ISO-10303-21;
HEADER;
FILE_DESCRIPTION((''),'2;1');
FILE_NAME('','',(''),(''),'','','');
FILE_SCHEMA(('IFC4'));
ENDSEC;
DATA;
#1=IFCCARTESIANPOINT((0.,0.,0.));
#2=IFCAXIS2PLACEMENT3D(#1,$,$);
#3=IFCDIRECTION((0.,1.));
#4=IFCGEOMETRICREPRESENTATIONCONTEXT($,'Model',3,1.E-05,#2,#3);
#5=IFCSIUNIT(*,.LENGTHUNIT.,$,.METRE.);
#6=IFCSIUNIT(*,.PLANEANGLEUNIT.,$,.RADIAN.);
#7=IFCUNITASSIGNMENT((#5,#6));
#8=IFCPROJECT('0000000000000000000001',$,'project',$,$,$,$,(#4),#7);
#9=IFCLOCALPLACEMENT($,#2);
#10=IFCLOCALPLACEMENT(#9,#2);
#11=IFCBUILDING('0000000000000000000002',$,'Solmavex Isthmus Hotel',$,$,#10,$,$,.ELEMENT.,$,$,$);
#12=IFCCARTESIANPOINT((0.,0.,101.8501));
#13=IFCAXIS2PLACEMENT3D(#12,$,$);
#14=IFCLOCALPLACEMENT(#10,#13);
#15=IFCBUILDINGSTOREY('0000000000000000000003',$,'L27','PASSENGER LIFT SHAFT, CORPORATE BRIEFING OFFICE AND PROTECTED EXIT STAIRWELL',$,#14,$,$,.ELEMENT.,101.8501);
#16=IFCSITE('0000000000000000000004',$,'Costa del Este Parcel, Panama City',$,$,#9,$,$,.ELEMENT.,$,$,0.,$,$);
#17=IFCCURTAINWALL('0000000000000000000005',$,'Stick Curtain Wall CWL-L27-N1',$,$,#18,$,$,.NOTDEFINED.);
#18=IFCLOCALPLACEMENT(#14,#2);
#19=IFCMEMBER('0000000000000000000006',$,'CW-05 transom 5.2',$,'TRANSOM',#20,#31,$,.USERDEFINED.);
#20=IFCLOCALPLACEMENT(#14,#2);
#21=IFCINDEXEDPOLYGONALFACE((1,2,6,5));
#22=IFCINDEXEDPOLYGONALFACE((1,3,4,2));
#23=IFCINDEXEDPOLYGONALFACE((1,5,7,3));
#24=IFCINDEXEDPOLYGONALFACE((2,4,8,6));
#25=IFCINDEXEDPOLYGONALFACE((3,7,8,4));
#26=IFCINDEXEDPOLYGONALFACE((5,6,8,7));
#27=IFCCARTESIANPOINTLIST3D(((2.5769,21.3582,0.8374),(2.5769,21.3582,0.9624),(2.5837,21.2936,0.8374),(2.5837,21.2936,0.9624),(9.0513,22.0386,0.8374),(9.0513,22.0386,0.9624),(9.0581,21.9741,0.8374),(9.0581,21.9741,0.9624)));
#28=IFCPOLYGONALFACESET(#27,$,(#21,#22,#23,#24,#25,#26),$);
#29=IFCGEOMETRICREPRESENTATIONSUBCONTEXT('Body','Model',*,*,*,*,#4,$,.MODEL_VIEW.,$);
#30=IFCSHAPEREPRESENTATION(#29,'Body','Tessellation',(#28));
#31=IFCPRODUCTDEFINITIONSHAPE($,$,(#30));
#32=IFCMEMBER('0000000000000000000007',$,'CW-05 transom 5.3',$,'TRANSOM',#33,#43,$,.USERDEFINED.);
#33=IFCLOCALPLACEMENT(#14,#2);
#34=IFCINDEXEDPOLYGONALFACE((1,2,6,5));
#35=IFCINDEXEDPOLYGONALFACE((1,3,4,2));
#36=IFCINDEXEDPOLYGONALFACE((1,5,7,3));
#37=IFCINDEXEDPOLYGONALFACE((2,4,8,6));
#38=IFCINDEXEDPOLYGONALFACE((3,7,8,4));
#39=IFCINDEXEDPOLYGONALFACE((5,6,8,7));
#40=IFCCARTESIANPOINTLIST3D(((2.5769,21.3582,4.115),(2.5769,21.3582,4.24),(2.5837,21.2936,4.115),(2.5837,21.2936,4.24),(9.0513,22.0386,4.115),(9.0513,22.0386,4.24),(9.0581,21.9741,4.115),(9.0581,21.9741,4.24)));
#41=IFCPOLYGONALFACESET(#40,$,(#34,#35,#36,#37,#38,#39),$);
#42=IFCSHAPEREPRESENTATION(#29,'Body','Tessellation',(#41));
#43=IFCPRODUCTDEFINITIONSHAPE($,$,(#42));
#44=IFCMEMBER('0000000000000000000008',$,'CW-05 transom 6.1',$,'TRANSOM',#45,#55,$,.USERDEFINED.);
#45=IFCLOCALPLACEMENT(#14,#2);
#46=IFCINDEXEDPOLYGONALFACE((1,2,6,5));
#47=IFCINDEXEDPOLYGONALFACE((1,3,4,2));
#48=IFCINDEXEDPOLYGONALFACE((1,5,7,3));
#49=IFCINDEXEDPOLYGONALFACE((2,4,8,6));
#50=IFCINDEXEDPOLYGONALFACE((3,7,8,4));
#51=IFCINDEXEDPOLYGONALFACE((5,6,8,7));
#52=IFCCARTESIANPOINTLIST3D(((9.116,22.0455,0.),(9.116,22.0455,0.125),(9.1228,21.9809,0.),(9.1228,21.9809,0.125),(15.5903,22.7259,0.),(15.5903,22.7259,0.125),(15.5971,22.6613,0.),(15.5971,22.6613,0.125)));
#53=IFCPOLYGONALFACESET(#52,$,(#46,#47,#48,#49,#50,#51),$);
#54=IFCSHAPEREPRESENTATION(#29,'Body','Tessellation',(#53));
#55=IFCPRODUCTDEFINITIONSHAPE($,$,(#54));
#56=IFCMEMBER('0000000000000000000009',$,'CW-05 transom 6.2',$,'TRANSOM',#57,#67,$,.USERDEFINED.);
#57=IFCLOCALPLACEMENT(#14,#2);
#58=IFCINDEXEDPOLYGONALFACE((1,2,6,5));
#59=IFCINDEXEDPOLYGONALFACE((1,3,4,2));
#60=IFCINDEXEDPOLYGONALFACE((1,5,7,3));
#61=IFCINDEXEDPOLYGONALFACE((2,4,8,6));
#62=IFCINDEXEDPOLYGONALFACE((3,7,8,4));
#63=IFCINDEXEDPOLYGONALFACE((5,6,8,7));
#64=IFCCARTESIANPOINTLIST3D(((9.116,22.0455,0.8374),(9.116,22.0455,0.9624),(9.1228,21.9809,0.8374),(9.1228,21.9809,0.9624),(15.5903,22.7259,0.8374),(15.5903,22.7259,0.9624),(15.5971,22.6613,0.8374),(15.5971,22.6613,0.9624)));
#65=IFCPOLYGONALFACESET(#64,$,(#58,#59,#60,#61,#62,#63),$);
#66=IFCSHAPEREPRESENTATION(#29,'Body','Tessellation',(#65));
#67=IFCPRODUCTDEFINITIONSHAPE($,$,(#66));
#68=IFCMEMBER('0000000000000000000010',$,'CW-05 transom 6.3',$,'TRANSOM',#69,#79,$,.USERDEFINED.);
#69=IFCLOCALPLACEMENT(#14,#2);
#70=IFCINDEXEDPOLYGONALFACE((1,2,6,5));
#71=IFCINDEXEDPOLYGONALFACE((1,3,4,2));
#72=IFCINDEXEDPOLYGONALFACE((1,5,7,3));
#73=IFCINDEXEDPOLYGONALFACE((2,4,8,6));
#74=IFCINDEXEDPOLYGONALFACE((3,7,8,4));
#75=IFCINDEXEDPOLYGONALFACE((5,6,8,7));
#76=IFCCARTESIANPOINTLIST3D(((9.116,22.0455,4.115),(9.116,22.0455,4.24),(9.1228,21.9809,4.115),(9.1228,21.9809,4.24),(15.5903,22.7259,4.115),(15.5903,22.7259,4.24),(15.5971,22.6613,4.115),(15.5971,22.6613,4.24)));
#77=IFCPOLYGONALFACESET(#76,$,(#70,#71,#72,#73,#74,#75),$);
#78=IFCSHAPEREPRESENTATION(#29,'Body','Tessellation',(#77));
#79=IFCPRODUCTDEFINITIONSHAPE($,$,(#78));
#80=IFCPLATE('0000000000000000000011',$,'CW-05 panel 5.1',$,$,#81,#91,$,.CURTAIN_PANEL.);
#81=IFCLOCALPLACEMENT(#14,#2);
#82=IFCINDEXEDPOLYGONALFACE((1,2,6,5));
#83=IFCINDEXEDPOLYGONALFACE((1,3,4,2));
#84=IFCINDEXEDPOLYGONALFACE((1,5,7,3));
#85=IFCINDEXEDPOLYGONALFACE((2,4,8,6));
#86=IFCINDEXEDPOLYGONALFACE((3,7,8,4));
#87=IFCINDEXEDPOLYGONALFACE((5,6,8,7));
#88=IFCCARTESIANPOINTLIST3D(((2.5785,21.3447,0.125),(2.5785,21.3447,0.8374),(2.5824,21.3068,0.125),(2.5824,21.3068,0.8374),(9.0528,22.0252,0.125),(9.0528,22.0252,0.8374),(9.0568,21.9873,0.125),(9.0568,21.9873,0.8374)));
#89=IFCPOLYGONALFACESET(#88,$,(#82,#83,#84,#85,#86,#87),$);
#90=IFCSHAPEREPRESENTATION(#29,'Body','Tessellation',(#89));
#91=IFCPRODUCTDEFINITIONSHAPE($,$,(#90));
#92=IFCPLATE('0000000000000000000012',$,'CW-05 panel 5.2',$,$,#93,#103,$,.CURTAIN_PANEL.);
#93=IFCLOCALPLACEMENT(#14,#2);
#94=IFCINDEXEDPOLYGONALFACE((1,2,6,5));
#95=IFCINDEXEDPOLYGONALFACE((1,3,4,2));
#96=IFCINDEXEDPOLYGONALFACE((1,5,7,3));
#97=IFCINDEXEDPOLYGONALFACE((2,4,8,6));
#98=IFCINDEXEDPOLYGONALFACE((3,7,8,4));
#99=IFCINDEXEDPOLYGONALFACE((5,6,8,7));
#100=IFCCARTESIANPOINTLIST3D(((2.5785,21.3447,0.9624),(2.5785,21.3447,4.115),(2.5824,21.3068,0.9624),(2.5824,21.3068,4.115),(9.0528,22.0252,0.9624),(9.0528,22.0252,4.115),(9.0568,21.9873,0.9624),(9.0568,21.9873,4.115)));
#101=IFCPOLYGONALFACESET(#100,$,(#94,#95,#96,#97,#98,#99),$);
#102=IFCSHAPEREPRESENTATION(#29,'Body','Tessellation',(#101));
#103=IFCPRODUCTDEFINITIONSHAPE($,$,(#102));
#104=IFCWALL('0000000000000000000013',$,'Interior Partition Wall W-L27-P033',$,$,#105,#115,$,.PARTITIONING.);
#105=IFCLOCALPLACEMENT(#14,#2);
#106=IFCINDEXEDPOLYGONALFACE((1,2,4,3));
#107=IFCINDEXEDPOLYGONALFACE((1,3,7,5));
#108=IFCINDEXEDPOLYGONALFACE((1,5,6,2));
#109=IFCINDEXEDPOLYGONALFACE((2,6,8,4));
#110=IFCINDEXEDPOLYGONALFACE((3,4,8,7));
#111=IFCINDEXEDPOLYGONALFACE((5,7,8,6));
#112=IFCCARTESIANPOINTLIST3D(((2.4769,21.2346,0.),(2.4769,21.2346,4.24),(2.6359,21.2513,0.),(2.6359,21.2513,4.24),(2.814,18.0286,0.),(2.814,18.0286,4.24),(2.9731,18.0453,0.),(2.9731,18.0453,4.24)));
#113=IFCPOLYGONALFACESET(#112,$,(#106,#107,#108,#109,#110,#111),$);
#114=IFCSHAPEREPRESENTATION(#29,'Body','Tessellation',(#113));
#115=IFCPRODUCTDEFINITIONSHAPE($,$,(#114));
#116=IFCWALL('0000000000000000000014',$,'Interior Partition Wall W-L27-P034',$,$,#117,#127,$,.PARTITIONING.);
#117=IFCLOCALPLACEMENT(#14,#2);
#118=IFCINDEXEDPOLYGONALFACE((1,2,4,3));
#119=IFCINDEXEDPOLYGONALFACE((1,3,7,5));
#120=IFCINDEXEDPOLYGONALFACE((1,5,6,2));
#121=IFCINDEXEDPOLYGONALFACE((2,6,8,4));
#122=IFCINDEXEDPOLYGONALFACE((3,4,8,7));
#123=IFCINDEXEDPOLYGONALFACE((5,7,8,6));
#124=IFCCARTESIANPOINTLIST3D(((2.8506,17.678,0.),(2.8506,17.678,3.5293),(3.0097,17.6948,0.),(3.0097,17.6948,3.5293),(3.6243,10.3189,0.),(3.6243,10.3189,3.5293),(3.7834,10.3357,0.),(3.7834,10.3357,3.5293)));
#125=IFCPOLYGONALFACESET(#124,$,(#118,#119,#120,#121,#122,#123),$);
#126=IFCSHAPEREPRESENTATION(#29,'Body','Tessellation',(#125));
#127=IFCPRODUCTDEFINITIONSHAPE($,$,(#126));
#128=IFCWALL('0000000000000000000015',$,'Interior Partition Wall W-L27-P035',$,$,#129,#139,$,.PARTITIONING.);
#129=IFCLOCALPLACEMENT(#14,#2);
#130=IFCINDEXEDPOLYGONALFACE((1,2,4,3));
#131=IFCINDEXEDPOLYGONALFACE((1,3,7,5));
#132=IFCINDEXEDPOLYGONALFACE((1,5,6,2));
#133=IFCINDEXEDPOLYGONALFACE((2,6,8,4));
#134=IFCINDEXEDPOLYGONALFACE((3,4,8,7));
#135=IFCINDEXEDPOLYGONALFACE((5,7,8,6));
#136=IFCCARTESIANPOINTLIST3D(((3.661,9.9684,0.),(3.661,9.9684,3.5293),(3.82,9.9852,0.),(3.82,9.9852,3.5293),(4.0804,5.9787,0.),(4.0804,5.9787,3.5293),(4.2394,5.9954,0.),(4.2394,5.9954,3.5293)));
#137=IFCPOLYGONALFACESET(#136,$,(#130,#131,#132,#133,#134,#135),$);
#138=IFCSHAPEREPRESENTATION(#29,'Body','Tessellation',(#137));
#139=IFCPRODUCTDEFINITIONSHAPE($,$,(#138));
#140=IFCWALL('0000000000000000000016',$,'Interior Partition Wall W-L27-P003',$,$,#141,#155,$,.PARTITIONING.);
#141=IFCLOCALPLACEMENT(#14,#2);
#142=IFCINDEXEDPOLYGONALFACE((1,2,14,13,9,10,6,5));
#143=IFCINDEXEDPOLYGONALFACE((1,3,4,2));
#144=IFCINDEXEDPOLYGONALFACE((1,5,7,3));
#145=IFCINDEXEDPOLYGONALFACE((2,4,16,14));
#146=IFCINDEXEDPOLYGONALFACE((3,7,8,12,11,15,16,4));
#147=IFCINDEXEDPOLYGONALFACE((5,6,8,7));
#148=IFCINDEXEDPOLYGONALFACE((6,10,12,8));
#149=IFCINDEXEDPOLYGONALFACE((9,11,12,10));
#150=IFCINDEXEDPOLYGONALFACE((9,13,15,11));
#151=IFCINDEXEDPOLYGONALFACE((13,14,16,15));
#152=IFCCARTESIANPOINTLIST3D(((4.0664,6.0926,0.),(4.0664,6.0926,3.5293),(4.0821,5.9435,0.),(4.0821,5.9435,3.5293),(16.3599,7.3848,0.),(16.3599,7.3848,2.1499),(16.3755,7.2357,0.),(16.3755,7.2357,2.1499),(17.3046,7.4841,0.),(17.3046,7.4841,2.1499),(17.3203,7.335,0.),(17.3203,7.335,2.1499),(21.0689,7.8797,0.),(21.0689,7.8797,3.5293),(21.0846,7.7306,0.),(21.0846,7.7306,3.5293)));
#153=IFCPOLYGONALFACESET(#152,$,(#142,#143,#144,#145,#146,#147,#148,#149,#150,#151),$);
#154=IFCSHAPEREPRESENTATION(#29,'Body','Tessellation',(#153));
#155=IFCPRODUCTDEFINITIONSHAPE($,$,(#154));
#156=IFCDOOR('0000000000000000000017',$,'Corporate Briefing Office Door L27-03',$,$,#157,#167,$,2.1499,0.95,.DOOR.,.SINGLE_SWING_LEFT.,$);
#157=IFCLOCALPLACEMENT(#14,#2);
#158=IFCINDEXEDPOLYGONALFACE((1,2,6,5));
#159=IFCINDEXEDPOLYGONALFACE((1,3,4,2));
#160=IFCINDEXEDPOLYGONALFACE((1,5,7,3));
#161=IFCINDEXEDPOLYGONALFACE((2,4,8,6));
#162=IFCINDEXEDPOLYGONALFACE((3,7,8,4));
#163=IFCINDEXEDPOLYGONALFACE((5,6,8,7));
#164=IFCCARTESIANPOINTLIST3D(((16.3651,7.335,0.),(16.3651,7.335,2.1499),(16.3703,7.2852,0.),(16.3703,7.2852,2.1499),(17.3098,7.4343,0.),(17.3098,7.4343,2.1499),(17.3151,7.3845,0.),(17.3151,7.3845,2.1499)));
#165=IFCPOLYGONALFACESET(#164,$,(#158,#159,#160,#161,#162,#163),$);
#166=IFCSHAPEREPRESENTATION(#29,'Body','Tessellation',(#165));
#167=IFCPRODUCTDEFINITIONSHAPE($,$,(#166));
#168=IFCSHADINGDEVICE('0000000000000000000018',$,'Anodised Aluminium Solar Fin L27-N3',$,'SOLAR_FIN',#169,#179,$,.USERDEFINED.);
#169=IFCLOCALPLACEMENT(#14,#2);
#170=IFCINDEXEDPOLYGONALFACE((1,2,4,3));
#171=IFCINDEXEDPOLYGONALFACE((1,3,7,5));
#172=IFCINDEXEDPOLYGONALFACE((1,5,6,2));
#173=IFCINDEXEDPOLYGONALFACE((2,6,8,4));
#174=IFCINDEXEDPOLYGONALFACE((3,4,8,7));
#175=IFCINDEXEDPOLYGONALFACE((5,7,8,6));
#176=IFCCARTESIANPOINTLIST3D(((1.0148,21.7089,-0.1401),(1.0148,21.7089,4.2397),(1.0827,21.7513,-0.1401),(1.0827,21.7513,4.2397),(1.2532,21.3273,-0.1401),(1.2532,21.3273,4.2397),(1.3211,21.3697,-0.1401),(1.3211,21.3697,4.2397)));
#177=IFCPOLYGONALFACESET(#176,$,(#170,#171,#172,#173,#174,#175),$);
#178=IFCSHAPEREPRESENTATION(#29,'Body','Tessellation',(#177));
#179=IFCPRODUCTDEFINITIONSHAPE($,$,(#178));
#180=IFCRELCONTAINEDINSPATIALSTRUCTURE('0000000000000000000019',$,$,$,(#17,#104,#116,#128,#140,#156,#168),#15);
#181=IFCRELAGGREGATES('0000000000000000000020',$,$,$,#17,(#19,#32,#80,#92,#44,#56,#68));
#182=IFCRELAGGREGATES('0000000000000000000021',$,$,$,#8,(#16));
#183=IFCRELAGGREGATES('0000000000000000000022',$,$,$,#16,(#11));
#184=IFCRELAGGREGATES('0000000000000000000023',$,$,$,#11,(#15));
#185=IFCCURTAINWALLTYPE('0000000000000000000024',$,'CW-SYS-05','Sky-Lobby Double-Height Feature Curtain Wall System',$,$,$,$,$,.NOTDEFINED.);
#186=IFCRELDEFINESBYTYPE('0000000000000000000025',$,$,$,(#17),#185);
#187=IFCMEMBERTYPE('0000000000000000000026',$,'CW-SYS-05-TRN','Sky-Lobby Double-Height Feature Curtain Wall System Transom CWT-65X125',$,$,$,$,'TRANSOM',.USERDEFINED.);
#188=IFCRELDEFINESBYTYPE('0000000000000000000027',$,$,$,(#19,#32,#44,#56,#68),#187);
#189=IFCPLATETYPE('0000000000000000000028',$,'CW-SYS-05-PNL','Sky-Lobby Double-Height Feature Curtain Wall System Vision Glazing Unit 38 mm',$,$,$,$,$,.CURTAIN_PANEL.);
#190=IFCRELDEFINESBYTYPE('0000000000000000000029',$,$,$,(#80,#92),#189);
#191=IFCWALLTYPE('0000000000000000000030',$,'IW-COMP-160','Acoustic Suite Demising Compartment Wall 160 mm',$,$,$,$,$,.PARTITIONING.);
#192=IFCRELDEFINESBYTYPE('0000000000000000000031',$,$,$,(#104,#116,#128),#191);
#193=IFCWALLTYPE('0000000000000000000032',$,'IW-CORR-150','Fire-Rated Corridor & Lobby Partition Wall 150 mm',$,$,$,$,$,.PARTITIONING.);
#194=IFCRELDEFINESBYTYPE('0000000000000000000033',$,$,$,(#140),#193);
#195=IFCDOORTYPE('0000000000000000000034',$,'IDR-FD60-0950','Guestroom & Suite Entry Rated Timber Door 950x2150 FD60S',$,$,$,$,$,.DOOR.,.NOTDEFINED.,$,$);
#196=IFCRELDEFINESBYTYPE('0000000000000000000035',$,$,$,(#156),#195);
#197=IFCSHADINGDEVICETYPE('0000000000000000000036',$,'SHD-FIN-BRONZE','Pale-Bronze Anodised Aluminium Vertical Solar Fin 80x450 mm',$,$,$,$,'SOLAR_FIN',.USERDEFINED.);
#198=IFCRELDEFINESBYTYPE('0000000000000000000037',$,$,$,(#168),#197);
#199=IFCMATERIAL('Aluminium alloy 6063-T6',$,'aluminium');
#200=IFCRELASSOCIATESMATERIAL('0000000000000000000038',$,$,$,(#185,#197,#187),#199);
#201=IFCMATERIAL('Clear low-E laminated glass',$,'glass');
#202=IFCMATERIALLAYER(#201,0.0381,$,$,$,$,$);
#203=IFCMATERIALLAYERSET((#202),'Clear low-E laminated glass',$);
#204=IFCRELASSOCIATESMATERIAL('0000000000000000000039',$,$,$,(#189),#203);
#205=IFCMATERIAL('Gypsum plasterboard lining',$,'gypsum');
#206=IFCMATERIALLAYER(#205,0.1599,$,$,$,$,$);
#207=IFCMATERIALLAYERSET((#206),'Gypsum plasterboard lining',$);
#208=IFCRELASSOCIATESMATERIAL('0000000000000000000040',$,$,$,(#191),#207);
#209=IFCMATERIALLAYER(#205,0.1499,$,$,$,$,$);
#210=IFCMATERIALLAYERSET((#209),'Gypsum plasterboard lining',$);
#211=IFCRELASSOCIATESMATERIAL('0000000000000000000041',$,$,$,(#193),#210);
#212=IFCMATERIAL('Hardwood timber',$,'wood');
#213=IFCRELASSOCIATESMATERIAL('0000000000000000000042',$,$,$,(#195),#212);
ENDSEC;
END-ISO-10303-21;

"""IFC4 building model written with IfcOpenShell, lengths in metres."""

from ifc_helpers import new_model, si_unit, direction, frame, frame_2d, origin, origin_2d, place, context, subcontext, project, spatial, rectangle, extrude, material, layer, layer_set, material_profile, profile_set, type_object, element, fill, aggregate, save


model = new_model("IFC4")

# Units and contexts
model_context = context("Model", 3, precision=1e-05, world=origin(), true_north=direction((0.0, 1.0)))
body_context = subcontext(model_context, "Body", "Model", "MODEL_VIEW")
ifc_project = project(units=[si_unit("LENGTHUNIT", "METRE"), si_unit("PLANEANGLEUNIT", "RADIAN")], contexts=[model_context])

# Site, building, storey
site_placement = place(None, origin())
site = spatial("IfcSite", under=ifc_project, at=site_placement, Name="Costa del Este Parcel, Panama City", CompositionType="ELEMENT", RefElevation=0.0)
building_placement = place(site_placement, origin())
building = spatial("IfcBuilding", under=site, at=building_placement, Name="Solmavex Isthmus Hotel", CompositionType="ELEMENT")
storey_placement = place(building_placement, frame((0.0, 0.0, 101.8501)))
storey = spatial("IfcBuildingStorey", under=building, at=storey_placement, Name="L27", Description="PASSENGER LIFT SHAFT, CORPORATE BRIEFING OFFICE AND PROTECTED EXIT STAIRWELL", CompositionType="ELEMENT", Elevation=101.8501)

# Curtain wall, members, plates
ifc_material_1 = material(Name="Aluminium alloy 6063-T6", Category="aluminium")
curtain_wall_type = type_object("IfcCurtainWallType", Name="CW-SYS-05", Description="Sky-Lobby Double-Height Feature Curtain Wall System", PredefinedType="NOTDEFINED", material=ifc_material_1)
curtain_wall_placement = place(storey_placement, origin())
curtain_wall = element("IfcCurtainWall", 1, at=curtain_wall_placement, inside=storey, type_object=curtain_wall_type, Name="Stick Curtain Wall CWL-L27-N1", PredefinedType="NOTDEFINED")
ifc_material_profile_1 = material_profile(ifc_material_1, rectangle(XDim=0.0649, YDim=0.125, at=origin_2d()), Name="CWT-65X125")
ifc_profile_set_1 = profile_set([ifc_material_profile_1], Name="Aluminium alloy 6063-T6")
member_type_1 = type_object("IfcMemberType", Name="CW-SYS-05-TRN", Description="Sky-Lobby Double-Height Feature Curtain Wall System Transom CWT-65X125", ElementType="TRANSOM", PredefinedType="USERDEFINED", material=ifc_profile_set_1)
member_1_placement = place(storey_placement, frame((2.5803, 21.3259, 0.8999), z_axis=(0.994523, 0.104519, 0.0), x_axis=(-0.104519, 0.994523, 0.0)))
member_1 = element("IfcMember", 2, at=member_1_placement, type_object=member_type_1, Name="CW-05 transom 5.2", ObjectType="TRANSOM", PredefinedType="USERDEFINED", context=body_context, shape_type="SweptSolid", body=[
    extrude(rectangle(XDim=0.0649, YDim=0.125, at=origin_2d()), origin(), (0.0, 0.0, 1.0), 6.51),
])
member_2_placement = place(storey_placement, frame((2.5803, 21.3259, 4.1775), z_axis=(0.994523, 0.104519, 0.0), x_axis=(-0.104519, 0.994523, 0.0)))
member_2 = element("IfcMember", 3, at=member_2_placement, type_object=member_type_1, Name="CW-05 transom 5.3", ObjectType="TRANSOM", PredefinedType="USERDEFINED", context=body_context, shape_type="SweptSolid", body=[
    extrude(rectangle(XDim=0.0649, YDim=0.125, at=origin_2d()), origin(), (0.0, 0.0, 1.0), 6.51),
])
member_3_placement = place(storey_placement, frame((9.1194, 22.0132, 0.0625), z_axis=(0.994523, 0.104519, 0.0), x_axis=(-0.104519, 0.994523, 0.0)))
member_3 = element("IfcMember", 4, at=member_3_placement, type_object=member_type_1, Name="CW-05 transom 6.1", ObjectType="TRANSOM", PredefinedType="USERDEFINED", context=body_context, shape_type="SweptSolid", body=[
    extrude(rectangle(XDim=0.0649, YDim=0.125, at=origin_2d()), origin(), (0.0, 0.0, 1.0), 6.51),
])
member_4_placement = place(storey_placement, frame((9.1194, 22.0132, 0.8999), z_axis=(0.994523, 0.104519, 0.0), x_axis=(-0.104519, 0.994523, 0.0)))
member_4 = element("IfcMember", 5, at=member_4_placement, type_object=member_type_1, Name="CW-05 transom 6.2", ObjectType="TRANSOM", PredefinedType="USERDEFINED", context=body_context, shape_type="SweptSolid", body=[
    extrude(rectangle(XDim=0.0649, YDim=0.125, at=origin_2d()), origin(), (0.0, 0.0, 1.0), 6.51),
])
member_5_placement = place(storey_placement, frame((9.1194, 22.0132, 4.1775), z_axis=(0.994523, 0.104519, 0.0), x_axis=(-0.104519, 0.994523, 0.0)))
member_5 = element("IfcMember", 6, at=member_5_placement, type_object=member_type_1, Name="CW-05 transom 6.3", ObjectType="TRANSOM", PredefinedType="USERDEFINED", context=body_context, shape_type="SweptSolid", body=[
    extrude(rectangle(XDim=0.0649, YDim=0.125, at=origin_2d()), origin(), (0.0, 0.0, 1.0), 6.51),
])
ifc_material_2 = material(Name="Clear low-E laminated glass", Category="glass")
ifc_layer_1 = layer(ifc_material_2, 0.0381)
ifc_layer_set_1 = layer_set([ifc_layer_1], Name="Clear low-E laminated glass")
plate_type = type_object("IfcPlateType", Name="CW-SYS-05-PNL", Description="Sky-Lobby Double-Height Feature Curtain Wall System Vision Glazing Unit 38 mm", PredefinedType="CURTAIN_PANEL", material=ifc_layer_set_1)
plate_1_placement = place(storey_placement, frame((5.8176, 21.666, 0.125), z_axis=(0.0, 0.0, 1.0), x_axis=(0.994522, 0.104528, 0.0)))
plate_1 = element("IfcPlate", 7, at=plate_1_placement, type_object=plate_type, Name="CW-05 panel 5.1", PredefinedType="CURTAIN_PANEL", context=body_context, shape_type="SweptSolid", body=[
    extrude(rectangle(XDim=6.51, YDim=0.0381, at=origin_2d()), origin(), (0.0, 0.0, 1.0), 0.7124),
])
plate_2_placement = place(storey_placement, frame((5.8176, 21.666, 0.9624), z_axis=(0.0, 0.0, 1.0), x_axis=(0.994522, 0.104528, 0.0)))
plate_2 = element("IfcPlate", 8, at=plate_2_placement, type_object=plate_type, Name="CW-05 panel 5.2", PredefinedType="CURTAIN_PANEL", context=body_context, shape_type="SweptSolid", body=[
    extrude(rectangle(XDim=6.51, YDim=0.0381, at=origin_2d()), origin(), (0.0, 0.0, 1.0), 3.1526),
])
aggregate(curtain_wall, [member_1, member_2, plate_1, plate_2, member_3, member_4, member_5])

# Walls
ifc_material_3 = material(Name="Gypsum plasterboard lining", Category="gypsum")
ifc_layer_2 = layer(ifc_material_3, 0.1599)
ifc_layer_set_2 = layer_set([ifc_layer_2], Name="Gypsum plasterboard lining")
wall_type_1 = type_object("IfcWallType", Name="IW-COMP-160", Description="Acoustic Suite Demising Compartment Wall 160 mm", PredefinedType="PARTITIONING", material=ifc_layer_set_2)
wall_1_placement = place(storey_placement, frame((2.5564, 21.2429, 0.0), z_axis=(0.0, 0.0, 1.0), x_axis=(0.104586, -0.994516, 0.0)))
element("IfcWall", 9, at=wall_1_placement, inside=storey, type_object=wall_type_1, Name="Interior Partition Wall W-L27-P033", PredefinedType="PARTITIONING", context=body_context, shape_type="SweptSolid", body=[
    extrude(rectangle(XDim=3.2236, YDim=0.1599, at=frame_2d((1.6118, 0.0))), origin(), (0.0, 0.0, 1.0), 4.24),
])
wall_2_placement = place(storey_placement, frame((2.9302, 17.6863, 0.0), z_axis=(0.0, 0.0, 1.0), x_axis=(0.104556, -0.994519, 0.0)))
element("IfcWall", 10, at=wall_2_placement, inside=storey, type_object=wall_type_1, Name="Interior Partition Wall W-L27-P034", PredefinedType="PARTITIONING", context=body_context, shape_type="SweptSolid", body=[
    extrude(rectangle(XDim=7.3997, YDim=0.1599, at=frame_2d((3.6997, 0.0))), origin(), (0.0, 0.0, 1.0), 3.5293),
])
wall_3_placement = place(storey_placement, frame((3.7405, 9.9768, 0.0), z_axis=(0.0, 0.0, 1.0), x_axis=(0.104552, -0.994519, 0.0)))
element("IfcWall", 11, at=wall_3_placement, inside=storey, type_object=wall_type_1, Name="Interior Partition Wall W-L27-P035", PredefinedType="PARTITIONING", context=body_context, shape_type="SweptSolid", body=[
    extrude(rectangle(XDim=4.0117, YDim=0.1599, at=frame_2d((2.0059, 0.0))), origin(), (0.0, 0.0, 1.0), 3.5293),
])

# Wall, opening, door
ifc_layer_3 = layer(ifc_material_3, 0.1499)
ifc_layer_set_3 = layer_set([ifc_layer_3], Name="Gypsum plasterboard lining")
wall_type_2 = type_object("IfcWallType", Name="IW-CORR-150", Description="Fire-Rated Corridor & Lobby Partition Wall 150 mm", PredefinedType="PARTITIONING", material=ifc_layer_set_3)
wall_4_placement = place(storey_placement, frame((4.0742, 6.0181, 0.0), z_axis=(0.0, 0.0, 1.0), x_axis=(0.994521, 0.104533, 0.0)))
wall_4 = element("IfcWall", 12, at=wall_4_placement, inside=storey, type_object=wall_type_2, Name="Interior Partition Wall W-L27-P003", PredefinedType="PARTITIONING", context=body_context, shape_type="SweptSolid", body=[
    extrude(rectangle(XDim=17.0962, YDim=0.1499, at=frame_2d((8.5481, 0.0))), origin(), (0.0, 0.0, 1.0), 3.5293),
])
opening_placement = place(wall_4_placement, frame((12.3611, 0.0, 0.0)))
opening = element("IfcOpeningElement", 13, at=opening_placement, cuts=wall_4, PredefinedType="OPENING", context=body_context, shape_type="SweptSolid", body=[
    extrude(rectangle(XDim=0.95, YDim=2.1499, at=frame_2d((0.4751, 1.075))), frame((0.0, 0.085, 0.0), z_axis=(0.0, -1.0, 0.0), x_axis=(1.0, 0.0, 0.0)), (0.0, 0.0, 1.0), 0.1699),
])
ifc_material_4 = material(Name="Hardwood timber", Category="wood")
door_type = type_object("IfcDoorType", Name="IDR-FD60-0950", Description="Guestroom & Suite Entry Rated Timber Door 950x2150 FD60S", OperationType="NOTDEFINED", PredefinedType="DOOR", material=ifc_material_4)
door_placement = place(opening_placement, origin())
door = element("IfcDoor", 14, at=door_placement, inside=storey, type_object=door_type, Name="Corporate Briefing Office Door L27-03", OperationType="SINGLE_SWING_LEFT", OverallHeight=2.1499, OverallWidth=0.95, PredefinedType="DOOR", context=body_context, shape_type="SweptSolid", body=[
    extrude(rectangle(XDim=0.95, YDim=2.1499, at=frame_2d((0.4751, 1.075))), frame((0.0, 0.0249, 0.0), z_axis=(0.0, -1.0, 0.0), x_axis=(1.0, 0.0, 0.0)), (0.0, 0.0, 1.0), 0.05),
])
fill(opening, door)

# Shading device
shading_device_type = type_object("IfcShadingDeviceType", Name="SHD-FIN-BRONZE", Description="Pale-Bronze Anodised Aluminium Vertical Solar Fin 80x450 mm", ElementType="SOLAR_FIN", PredefinedType="USERDEFINED", material=ifc_material_1)
for number, where, z_axis, x_axis, name in (
    (15, (1.168, 21.5393, -0.1401), (0.0, 0.0, 1.0), (-0.529919, 0.848048, 0.0), "Anodised Aluminium Solar Fin L27-N3"),
):
    element("IfcShadingDevice", number, at=place(storey_placement, frame(where, z_axis=z_axis, x_axis=x_axis)), inside=storey, type_object=shading_device_type, Name=name, ObjectType="SOLAR_FIN", PredefinedType="USERDEFINED", context=body_context, shape_type="SweptSolid", body=[
        extrude(rectangle(XDim=0.45, YDim=0.0801, at=origin_2d()), origin(), (0.0, 0.0, 1.0), 4.3799),
    ])

save(model, "model.ifc")
